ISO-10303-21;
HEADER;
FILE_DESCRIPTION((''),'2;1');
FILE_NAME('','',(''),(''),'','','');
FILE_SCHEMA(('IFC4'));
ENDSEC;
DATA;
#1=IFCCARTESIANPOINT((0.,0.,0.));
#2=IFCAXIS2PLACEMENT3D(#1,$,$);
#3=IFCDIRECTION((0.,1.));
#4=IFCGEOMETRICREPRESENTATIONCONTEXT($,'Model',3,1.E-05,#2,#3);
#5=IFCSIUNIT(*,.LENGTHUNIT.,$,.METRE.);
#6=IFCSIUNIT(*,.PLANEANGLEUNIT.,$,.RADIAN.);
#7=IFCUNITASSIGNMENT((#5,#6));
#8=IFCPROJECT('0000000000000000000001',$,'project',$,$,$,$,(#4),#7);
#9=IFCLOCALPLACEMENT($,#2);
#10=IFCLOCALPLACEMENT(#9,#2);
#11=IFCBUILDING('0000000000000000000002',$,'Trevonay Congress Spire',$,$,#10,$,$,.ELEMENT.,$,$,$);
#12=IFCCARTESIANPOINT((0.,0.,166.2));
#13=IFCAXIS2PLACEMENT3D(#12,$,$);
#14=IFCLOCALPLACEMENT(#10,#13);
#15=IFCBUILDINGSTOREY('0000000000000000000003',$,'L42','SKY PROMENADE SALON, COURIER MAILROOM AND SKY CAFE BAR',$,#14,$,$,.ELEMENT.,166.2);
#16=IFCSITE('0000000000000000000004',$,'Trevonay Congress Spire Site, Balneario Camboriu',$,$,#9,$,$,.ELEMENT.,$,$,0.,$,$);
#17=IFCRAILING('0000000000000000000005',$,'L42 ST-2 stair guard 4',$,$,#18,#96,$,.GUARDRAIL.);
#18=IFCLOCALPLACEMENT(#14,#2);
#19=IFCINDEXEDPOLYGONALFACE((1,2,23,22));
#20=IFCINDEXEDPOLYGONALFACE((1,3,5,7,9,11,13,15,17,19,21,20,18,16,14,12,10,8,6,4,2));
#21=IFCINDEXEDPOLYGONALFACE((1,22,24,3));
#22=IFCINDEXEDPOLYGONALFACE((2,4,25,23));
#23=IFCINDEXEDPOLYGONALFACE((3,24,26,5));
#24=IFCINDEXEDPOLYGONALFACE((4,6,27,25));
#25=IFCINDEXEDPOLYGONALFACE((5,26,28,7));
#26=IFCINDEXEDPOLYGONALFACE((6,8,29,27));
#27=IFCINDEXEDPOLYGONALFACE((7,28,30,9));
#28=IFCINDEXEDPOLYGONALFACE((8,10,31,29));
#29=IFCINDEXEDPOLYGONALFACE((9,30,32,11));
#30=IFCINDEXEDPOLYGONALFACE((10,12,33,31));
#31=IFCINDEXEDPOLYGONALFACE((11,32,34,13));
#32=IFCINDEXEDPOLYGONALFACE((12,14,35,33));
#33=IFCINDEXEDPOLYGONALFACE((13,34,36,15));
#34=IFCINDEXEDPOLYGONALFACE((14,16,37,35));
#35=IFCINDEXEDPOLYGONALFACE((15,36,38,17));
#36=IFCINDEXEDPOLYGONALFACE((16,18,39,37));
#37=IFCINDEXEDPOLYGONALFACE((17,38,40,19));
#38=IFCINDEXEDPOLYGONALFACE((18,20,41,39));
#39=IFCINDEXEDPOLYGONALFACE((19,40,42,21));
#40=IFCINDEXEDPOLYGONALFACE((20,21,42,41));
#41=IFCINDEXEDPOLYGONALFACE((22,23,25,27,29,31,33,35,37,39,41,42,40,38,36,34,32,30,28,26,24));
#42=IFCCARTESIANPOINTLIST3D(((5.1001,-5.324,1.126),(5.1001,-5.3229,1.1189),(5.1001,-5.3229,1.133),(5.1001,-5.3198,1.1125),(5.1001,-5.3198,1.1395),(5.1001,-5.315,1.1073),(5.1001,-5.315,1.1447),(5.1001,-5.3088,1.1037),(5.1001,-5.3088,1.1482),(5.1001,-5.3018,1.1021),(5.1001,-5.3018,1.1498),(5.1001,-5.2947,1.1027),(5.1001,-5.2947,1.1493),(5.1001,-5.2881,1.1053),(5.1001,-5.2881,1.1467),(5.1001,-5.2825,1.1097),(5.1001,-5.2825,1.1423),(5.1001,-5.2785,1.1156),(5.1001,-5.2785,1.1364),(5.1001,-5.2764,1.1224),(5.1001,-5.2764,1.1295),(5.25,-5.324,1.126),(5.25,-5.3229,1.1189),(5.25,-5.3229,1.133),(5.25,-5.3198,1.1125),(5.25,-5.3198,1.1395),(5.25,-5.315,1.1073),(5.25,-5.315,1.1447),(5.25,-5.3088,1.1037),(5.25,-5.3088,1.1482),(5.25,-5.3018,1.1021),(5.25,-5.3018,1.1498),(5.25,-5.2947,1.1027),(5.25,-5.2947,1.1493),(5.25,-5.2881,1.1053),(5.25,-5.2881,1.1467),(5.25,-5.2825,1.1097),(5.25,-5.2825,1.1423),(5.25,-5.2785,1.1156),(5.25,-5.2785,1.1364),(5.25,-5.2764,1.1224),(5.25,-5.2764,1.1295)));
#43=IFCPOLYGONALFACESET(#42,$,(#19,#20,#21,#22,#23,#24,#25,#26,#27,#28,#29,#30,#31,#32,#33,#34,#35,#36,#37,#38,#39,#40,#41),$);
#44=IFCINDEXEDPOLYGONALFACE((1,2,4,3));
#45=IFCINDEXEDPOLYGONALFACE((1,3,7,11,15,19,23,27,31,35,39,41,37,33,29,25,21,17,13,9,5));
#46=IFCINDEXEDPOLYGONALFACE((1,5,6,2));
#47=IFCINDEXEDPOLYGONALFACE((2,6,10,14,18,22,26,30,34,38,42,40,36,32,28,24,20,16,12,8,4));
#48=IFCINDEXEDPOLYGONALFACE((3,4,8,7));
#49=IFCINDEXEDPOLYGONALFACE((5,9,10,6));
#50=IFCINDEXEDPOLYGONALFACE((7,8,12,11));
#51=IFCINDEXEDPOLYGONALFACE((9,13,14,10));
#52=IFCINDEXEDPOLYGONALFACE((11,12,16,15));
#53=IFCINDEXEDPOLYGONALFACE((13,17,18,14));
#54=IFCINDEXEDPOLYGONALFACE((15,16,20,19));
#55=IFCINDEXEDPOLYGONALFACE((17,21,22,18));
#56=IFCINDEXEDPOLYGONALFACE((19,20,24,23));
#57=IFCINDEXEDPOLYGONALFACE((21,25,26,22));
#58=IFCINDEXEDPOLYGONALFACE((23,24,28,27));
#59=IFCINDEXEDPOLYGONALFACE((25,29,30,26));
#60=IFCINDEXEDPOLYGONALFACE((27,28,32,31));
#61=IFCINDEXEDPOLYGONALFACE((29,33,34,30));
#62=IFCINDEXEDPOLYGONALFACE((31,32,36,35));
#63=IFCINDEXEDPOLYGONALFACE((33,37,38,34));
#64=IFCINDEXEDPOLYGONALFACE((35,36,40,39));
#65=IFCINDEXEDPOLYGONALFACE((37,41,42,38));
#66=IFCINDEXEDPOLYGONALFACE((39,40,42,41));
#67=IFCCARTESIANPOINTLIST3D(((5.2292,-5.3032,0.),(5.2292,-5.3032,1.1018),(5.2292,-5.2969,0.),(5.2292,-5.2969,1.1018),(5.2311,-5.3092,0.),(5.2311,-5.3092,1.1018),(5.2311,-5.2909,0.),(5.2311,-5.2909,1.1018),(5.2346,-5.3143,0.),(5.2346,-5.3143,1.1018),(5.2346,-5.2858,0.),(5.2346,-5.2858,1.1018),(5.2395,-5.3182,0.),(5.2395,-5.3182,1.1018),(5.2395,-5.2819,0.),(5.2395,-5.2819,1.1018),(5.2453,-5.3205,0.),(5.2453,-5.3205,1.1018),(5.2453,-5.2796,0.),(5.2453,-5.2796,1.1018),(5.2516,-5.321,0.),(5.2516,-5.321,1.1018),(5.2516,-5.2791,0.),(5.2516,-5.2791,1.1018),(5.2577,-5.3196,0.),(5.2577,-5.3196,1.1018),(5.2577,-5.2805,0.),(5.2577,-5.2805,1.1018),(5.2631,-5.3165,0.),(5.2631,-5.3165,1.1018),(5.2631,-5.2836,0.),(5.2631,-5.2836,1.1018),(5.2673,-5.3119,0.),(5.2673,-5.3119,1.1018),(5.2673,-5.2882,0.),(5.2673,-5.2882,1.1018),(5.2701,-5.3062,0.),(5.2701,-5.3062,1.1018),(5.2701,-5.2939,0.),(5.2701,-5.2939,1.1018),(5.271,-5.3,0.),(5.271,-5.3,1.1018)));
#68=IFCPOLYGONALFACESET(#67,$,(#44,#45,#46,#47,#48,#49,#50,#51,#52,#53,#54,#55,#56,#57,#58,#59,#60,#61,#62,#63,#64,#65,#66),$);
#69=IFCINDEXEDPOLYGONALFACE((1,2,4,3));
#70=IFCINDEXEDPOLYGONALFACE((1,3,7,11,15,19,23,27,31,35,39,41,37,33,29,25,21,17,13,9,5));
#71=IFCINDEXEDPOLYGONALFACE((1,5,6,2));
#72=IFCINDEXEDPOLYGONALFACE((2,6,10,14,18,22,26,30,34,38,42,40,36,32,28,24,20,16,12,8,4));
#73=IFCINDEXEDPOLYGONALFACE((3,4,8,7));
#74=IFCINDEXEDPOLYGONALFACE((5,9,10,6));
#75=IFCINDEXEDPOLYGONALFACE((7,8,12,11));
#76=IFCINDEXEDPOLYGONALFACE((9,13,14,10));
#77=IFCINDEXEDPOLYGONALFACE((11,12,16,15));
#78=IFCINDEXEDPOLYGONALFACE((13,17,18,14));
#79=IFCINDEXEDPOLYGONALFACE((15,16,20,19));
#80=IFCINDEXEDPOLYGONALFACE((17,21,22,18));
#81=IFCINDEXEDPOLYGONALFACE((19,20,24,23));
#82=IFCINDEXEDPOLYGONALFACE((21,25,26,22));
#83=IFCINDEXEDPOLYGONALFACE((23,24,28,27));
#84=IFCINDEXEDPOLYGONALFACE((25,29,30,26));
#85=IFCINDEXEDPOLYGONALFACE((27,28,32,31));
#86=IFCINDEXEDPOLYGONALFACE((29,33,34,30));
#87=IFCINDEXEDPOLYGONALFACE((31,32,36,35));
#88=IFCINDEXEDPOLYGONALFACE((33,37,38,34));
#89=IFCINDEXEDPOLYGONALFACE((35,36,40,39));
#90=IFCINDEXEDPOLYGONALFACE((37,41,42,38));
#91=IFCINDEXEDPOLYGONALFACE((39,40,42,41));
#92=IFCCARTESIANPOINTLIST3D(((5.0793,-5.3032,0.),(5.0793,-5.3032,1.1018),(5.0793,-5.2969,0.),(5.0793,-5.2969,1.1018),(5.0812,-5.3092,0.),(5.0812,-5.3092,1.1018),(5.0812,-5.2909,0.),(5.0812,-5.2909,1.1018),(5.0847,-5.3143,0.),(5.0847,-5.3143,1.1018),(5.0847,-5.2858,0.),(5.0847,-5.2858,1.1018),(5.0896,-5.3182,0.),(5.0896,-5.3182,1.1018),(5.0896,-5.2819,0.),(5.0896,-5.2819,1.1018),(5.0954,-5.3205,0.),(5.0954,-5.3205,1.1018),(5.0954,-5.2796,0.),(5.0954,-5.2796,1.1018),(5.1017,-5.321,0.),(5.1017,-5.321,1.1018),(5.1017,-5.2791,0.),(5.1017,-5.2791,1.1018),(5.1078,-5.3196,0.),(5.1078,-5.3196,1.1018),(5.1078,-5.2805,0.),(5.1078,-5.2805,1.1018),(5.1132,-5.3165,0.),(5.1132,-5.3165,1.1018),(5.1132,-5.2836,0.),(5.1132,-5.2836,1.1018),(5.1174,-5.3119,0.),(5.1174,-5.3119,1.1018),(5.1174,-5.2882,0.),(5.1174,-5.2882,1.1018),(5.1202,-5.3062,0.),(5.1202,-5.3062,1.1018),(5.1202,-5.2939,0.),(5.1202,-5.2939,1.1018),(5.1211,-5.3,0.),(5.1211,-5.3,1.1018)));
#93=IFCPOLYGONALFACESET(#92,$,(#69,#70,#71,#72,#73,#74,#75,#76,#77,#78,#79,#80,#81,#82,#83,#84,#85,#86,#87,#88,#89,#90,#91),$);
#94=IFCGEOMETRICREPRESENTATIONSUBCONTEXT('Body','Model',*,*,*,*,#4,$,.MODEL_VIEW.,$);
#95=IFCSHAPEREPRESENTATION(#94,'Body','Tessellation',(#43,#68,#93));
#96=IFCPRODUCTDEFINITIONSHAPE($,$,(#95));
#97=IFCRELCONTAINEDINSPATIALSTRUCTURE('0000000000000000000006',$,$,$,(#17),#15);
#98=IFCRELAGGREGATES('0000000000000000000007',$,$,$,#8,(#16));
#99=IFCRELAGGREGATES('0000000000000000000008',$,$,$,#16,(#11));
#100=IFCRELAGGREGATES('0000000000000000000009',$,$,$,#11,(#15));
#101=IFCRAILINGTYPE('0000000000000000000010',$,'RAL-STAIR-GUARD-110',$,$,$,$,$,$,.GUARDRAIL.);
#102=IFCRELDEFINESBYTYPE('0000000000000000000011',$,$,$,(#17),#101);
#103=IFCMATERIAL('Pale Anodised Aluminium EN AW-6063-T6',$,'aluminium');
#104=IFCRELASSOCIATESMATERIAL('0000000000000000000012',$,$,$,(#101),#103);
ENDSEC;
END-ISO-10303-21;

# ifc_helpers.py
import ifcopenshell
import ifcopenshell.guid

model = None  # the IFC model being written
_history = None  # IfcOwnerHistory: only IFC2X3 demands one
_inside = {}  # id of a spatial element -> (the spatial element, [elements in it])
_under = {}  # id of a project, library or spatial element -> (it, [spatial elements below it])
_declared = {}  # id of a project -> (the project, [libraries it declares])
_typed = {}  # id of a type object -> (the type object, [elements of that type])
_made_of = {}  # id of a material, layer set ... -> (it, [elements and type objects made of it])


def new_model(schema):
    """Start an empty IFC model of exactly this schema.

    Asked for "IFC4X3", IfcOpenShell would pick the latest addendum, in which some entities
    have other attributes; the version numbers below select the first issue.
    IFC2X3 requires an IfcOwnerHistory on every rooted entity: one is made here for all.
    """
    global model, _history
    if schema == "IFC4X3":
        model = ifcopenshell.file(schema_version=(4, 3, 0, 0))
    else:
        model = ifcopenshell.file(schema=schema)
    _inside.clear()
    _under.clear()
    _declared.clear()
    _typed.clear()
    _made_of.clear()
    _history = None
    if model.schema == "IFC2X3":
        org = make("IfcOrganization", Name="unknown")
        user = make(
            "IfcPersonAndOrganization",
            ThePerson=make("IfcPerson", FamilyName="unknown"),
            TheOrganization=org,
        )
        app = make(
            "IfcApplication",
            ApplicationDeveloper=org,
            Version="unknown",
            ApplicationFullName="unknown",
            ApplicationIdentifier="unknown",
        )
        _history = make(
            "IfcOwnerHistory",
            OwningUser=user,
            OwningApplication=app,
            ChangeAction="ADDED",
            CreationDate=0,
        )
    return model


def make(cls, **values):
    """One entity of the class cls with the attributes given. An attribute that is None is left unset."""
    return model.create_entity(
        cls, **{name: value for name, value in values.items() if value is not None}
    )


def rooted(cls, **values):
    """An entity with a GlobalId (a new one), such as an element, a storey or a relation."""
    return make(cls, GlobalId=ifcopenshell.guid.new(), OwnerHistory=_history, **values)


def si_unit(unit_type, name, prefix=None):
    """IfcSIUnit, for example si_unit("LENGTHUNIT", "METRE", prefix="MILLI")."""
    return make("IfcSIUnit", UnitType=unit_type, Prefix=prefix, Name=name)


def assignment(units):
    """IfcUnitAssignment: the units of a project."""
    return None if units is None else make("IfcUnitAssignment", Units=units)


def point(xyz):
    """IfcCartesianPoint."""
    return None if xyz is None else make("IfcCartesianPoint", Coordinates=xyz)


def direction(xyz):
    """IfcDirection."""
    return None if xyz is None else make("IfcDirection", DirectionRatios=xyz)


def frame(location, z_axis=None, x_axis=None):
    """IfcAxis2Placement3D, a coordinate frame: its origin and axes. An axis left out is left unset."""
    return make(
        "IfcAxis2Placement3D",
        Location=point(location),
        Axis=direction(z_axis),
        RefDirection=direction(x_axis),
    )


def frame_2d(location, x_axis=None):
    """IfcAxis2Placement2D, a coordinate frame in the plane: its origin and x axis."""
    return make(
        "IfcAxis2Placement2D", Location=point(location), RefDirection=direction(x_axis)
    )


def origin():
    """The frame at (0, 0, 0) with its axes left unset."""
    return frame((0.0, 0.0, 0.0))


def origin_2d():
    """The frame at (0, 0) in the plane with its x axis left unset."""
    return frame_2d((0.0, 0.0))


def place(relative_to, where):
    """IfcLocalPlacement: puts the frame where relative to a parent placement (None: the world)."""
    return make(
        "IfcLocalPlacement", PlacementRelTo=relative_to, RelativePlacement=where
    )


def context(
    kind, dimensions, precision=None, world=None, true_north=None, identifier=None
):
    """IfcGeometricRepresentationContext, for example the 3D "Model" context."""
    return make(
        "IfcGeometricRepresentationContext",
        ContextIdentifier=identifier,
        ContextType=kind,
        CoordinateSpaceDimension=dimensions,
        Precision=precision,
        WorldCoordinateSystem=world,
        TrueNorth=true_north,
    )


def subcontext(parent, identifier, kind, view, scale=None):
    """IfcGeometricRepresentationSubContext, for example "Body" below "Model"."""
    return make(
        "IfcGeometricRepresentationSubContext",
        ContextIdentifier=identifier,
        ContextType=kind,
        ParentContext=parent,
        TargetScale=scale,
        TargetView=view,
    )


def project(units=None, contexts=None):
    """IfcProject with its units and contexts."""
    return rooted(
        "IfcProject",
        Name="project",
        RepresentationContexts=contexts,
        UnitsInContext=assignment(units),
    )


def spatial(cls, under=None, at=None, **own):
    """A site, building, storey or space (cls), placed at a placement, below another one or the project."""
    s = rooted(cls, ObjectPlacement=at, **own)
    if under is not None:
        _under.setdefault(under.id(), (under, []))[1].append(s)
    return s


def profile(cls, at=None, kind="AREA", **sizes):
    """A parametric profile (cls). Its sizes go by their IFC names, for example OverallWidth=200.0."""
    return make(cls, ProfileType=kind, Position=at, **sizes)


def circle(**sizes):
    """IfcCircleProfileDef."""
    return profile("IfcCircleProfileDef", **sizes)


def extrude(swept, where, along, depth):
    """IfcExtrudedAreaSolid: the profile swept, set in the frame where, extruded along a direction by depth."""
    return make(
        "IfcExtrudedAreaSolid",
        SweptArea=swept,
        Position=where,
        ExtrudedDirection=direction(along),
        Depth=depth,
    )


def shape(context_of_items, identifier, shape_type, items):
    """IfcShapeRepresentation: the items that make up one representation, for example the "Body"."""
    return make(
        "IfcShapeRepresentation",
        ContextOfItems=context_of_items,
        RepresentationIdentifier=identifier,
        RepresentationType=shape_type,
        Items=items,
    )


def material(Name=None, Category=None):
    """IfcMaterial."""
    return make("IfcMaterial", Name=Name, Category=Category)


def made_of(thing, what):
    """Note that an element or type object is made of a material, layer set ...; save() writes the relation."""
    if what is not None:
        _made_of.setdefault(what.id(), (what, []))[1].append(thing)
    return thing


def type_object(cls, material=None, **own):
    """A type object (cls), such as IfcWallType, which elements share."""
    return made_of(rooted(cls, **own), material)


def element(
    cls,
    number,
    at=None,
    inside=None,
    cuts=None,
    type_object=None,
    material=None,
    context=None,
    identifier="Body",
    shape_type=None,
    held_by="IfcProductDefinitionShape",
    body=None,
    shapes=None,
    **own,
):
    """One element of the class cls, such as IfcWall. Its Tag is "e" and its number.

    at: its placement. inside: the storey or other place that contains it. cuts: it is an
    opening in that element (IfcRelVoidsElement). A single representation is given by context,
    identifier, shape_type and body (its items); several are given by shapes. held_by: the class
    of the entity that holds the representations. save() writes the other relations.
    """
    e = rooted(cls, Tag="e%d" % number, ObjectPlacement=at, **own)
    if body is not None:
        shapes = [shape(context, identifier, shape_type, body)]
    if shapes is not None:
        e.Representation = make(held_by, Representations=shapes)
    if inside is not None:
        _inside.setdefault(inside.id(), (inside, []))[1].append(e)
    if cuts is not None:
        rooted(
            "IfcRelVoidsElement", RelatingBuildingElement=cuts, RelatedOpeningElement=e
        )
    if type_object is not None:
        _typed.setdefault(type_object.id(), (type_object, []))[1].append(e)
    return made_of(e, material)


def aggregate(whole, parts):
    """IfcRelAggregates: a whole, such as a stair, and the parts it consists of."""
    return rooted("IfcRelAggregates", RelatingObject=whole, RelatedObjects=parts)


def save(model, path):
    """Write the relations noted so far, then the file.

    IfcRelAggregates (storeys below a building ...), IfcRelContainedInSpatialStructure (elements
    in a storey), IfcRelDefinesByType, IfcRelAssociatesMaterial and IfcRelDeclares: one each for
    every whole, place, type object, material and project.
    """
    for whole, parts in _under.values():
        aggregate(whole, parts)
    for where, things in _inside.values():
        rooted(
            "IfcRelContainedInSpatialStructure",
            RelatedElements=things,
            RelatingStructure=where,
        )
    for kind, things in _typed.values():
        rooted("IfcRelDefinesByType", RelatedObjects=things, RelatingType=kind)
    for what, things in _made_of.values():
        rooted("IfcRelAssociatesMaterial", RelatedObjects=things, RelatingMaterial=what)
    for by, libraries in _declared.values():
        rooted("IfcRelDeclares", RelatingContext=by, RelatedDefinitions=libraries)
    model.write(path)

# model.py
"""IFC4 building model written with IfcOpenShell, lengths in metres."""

from ifc_helpers import new_model, si_unit, direction, frame, origin, origin_2d, place, context, subcontext, project, spatial, circle, extrude, material, type_object, element, save


model = new_model("IFC4")

# Units and contexts
model_context = context("Model", 3, precision=1e-05, world=origin(), true_north=direction((0.0, 1.0)))
body_context = subcontext(model_context, "Body", "Model", "MODEL_VIEW")
ifc_project = project(units=[si_unit("LENGTHUNIT", "METRE"), si_unit("PLANEANGLEUNIT", "RADIAN")], contexts=[model_context])

# Site, building, storey
site_placement = place(None, origin())
site = spatial("IfcSite", under=ifc_project, at=site_placement, Name="Trevonay Congress Spire Site, Balneario Camboriu", CompositionType="ELEMENT", RefElevation=0.0)
building_placement = place(site_placement, origin())
building = spatial("IfcBuilding", under=site, at=building_placement, Name="Trevonay Congress Spire", CompositionType="ELEMENT")
storey_placement = place(building_placement, frame((0.0, 0.0, 166.2)))
storey = spatial("IfcBuildingStorey", under=building, at=storey_placement, Name="L42", Description="SKY PROMENADE SALON, COURIER MAILROOM AND SKY CAFE BAR", CompositionType="ELEMENT", Elevation=166.2)

# Shared definitions
ifc_material_1 = material(Name="Pale Anodised Aluminium EN AW-6063-T6", Category="aluminium")

# Railing
railing_type_1 = type_object("IfcRailingType", Name="RAL-STAIR-GUARD-110", PredefinedType="GUARDRAIL", material=ifc_material_1)
railing_1_placement = place(storey_placement, frame((5.25, -5.3, 0.0)))
element("IfcRailing", 1, at=railing_1_placement, inside=storey, type_object=railing_type_1, Name="L42 ST-2 stair guard 4", PredefinedType="GUARDRAIL", context=body_context, shape_type="SweptSolid", body=[
    extrude(circle(Radius=0.0239, at=origin_2d()), frame((0.0, 0.0, 1.126), z_axis=(-1.0, 0.0, 0.0), x_axis=(0.0, -1.0, 0.0)), (0.0, 0.0, 1.0), 0.1499),
    extrude(circle(Radius=0.021, at=origin_2d()), origin(), (0.0, 0.0, 1.0), 1.1018),
    extrude(circle(Radius=0.021, at=origin_2d()), frame((-0.1499, 0.0, 0.0)), (0.0, 0.0, 1.0), 1.1018),
])

save(model, "model.ifc")
